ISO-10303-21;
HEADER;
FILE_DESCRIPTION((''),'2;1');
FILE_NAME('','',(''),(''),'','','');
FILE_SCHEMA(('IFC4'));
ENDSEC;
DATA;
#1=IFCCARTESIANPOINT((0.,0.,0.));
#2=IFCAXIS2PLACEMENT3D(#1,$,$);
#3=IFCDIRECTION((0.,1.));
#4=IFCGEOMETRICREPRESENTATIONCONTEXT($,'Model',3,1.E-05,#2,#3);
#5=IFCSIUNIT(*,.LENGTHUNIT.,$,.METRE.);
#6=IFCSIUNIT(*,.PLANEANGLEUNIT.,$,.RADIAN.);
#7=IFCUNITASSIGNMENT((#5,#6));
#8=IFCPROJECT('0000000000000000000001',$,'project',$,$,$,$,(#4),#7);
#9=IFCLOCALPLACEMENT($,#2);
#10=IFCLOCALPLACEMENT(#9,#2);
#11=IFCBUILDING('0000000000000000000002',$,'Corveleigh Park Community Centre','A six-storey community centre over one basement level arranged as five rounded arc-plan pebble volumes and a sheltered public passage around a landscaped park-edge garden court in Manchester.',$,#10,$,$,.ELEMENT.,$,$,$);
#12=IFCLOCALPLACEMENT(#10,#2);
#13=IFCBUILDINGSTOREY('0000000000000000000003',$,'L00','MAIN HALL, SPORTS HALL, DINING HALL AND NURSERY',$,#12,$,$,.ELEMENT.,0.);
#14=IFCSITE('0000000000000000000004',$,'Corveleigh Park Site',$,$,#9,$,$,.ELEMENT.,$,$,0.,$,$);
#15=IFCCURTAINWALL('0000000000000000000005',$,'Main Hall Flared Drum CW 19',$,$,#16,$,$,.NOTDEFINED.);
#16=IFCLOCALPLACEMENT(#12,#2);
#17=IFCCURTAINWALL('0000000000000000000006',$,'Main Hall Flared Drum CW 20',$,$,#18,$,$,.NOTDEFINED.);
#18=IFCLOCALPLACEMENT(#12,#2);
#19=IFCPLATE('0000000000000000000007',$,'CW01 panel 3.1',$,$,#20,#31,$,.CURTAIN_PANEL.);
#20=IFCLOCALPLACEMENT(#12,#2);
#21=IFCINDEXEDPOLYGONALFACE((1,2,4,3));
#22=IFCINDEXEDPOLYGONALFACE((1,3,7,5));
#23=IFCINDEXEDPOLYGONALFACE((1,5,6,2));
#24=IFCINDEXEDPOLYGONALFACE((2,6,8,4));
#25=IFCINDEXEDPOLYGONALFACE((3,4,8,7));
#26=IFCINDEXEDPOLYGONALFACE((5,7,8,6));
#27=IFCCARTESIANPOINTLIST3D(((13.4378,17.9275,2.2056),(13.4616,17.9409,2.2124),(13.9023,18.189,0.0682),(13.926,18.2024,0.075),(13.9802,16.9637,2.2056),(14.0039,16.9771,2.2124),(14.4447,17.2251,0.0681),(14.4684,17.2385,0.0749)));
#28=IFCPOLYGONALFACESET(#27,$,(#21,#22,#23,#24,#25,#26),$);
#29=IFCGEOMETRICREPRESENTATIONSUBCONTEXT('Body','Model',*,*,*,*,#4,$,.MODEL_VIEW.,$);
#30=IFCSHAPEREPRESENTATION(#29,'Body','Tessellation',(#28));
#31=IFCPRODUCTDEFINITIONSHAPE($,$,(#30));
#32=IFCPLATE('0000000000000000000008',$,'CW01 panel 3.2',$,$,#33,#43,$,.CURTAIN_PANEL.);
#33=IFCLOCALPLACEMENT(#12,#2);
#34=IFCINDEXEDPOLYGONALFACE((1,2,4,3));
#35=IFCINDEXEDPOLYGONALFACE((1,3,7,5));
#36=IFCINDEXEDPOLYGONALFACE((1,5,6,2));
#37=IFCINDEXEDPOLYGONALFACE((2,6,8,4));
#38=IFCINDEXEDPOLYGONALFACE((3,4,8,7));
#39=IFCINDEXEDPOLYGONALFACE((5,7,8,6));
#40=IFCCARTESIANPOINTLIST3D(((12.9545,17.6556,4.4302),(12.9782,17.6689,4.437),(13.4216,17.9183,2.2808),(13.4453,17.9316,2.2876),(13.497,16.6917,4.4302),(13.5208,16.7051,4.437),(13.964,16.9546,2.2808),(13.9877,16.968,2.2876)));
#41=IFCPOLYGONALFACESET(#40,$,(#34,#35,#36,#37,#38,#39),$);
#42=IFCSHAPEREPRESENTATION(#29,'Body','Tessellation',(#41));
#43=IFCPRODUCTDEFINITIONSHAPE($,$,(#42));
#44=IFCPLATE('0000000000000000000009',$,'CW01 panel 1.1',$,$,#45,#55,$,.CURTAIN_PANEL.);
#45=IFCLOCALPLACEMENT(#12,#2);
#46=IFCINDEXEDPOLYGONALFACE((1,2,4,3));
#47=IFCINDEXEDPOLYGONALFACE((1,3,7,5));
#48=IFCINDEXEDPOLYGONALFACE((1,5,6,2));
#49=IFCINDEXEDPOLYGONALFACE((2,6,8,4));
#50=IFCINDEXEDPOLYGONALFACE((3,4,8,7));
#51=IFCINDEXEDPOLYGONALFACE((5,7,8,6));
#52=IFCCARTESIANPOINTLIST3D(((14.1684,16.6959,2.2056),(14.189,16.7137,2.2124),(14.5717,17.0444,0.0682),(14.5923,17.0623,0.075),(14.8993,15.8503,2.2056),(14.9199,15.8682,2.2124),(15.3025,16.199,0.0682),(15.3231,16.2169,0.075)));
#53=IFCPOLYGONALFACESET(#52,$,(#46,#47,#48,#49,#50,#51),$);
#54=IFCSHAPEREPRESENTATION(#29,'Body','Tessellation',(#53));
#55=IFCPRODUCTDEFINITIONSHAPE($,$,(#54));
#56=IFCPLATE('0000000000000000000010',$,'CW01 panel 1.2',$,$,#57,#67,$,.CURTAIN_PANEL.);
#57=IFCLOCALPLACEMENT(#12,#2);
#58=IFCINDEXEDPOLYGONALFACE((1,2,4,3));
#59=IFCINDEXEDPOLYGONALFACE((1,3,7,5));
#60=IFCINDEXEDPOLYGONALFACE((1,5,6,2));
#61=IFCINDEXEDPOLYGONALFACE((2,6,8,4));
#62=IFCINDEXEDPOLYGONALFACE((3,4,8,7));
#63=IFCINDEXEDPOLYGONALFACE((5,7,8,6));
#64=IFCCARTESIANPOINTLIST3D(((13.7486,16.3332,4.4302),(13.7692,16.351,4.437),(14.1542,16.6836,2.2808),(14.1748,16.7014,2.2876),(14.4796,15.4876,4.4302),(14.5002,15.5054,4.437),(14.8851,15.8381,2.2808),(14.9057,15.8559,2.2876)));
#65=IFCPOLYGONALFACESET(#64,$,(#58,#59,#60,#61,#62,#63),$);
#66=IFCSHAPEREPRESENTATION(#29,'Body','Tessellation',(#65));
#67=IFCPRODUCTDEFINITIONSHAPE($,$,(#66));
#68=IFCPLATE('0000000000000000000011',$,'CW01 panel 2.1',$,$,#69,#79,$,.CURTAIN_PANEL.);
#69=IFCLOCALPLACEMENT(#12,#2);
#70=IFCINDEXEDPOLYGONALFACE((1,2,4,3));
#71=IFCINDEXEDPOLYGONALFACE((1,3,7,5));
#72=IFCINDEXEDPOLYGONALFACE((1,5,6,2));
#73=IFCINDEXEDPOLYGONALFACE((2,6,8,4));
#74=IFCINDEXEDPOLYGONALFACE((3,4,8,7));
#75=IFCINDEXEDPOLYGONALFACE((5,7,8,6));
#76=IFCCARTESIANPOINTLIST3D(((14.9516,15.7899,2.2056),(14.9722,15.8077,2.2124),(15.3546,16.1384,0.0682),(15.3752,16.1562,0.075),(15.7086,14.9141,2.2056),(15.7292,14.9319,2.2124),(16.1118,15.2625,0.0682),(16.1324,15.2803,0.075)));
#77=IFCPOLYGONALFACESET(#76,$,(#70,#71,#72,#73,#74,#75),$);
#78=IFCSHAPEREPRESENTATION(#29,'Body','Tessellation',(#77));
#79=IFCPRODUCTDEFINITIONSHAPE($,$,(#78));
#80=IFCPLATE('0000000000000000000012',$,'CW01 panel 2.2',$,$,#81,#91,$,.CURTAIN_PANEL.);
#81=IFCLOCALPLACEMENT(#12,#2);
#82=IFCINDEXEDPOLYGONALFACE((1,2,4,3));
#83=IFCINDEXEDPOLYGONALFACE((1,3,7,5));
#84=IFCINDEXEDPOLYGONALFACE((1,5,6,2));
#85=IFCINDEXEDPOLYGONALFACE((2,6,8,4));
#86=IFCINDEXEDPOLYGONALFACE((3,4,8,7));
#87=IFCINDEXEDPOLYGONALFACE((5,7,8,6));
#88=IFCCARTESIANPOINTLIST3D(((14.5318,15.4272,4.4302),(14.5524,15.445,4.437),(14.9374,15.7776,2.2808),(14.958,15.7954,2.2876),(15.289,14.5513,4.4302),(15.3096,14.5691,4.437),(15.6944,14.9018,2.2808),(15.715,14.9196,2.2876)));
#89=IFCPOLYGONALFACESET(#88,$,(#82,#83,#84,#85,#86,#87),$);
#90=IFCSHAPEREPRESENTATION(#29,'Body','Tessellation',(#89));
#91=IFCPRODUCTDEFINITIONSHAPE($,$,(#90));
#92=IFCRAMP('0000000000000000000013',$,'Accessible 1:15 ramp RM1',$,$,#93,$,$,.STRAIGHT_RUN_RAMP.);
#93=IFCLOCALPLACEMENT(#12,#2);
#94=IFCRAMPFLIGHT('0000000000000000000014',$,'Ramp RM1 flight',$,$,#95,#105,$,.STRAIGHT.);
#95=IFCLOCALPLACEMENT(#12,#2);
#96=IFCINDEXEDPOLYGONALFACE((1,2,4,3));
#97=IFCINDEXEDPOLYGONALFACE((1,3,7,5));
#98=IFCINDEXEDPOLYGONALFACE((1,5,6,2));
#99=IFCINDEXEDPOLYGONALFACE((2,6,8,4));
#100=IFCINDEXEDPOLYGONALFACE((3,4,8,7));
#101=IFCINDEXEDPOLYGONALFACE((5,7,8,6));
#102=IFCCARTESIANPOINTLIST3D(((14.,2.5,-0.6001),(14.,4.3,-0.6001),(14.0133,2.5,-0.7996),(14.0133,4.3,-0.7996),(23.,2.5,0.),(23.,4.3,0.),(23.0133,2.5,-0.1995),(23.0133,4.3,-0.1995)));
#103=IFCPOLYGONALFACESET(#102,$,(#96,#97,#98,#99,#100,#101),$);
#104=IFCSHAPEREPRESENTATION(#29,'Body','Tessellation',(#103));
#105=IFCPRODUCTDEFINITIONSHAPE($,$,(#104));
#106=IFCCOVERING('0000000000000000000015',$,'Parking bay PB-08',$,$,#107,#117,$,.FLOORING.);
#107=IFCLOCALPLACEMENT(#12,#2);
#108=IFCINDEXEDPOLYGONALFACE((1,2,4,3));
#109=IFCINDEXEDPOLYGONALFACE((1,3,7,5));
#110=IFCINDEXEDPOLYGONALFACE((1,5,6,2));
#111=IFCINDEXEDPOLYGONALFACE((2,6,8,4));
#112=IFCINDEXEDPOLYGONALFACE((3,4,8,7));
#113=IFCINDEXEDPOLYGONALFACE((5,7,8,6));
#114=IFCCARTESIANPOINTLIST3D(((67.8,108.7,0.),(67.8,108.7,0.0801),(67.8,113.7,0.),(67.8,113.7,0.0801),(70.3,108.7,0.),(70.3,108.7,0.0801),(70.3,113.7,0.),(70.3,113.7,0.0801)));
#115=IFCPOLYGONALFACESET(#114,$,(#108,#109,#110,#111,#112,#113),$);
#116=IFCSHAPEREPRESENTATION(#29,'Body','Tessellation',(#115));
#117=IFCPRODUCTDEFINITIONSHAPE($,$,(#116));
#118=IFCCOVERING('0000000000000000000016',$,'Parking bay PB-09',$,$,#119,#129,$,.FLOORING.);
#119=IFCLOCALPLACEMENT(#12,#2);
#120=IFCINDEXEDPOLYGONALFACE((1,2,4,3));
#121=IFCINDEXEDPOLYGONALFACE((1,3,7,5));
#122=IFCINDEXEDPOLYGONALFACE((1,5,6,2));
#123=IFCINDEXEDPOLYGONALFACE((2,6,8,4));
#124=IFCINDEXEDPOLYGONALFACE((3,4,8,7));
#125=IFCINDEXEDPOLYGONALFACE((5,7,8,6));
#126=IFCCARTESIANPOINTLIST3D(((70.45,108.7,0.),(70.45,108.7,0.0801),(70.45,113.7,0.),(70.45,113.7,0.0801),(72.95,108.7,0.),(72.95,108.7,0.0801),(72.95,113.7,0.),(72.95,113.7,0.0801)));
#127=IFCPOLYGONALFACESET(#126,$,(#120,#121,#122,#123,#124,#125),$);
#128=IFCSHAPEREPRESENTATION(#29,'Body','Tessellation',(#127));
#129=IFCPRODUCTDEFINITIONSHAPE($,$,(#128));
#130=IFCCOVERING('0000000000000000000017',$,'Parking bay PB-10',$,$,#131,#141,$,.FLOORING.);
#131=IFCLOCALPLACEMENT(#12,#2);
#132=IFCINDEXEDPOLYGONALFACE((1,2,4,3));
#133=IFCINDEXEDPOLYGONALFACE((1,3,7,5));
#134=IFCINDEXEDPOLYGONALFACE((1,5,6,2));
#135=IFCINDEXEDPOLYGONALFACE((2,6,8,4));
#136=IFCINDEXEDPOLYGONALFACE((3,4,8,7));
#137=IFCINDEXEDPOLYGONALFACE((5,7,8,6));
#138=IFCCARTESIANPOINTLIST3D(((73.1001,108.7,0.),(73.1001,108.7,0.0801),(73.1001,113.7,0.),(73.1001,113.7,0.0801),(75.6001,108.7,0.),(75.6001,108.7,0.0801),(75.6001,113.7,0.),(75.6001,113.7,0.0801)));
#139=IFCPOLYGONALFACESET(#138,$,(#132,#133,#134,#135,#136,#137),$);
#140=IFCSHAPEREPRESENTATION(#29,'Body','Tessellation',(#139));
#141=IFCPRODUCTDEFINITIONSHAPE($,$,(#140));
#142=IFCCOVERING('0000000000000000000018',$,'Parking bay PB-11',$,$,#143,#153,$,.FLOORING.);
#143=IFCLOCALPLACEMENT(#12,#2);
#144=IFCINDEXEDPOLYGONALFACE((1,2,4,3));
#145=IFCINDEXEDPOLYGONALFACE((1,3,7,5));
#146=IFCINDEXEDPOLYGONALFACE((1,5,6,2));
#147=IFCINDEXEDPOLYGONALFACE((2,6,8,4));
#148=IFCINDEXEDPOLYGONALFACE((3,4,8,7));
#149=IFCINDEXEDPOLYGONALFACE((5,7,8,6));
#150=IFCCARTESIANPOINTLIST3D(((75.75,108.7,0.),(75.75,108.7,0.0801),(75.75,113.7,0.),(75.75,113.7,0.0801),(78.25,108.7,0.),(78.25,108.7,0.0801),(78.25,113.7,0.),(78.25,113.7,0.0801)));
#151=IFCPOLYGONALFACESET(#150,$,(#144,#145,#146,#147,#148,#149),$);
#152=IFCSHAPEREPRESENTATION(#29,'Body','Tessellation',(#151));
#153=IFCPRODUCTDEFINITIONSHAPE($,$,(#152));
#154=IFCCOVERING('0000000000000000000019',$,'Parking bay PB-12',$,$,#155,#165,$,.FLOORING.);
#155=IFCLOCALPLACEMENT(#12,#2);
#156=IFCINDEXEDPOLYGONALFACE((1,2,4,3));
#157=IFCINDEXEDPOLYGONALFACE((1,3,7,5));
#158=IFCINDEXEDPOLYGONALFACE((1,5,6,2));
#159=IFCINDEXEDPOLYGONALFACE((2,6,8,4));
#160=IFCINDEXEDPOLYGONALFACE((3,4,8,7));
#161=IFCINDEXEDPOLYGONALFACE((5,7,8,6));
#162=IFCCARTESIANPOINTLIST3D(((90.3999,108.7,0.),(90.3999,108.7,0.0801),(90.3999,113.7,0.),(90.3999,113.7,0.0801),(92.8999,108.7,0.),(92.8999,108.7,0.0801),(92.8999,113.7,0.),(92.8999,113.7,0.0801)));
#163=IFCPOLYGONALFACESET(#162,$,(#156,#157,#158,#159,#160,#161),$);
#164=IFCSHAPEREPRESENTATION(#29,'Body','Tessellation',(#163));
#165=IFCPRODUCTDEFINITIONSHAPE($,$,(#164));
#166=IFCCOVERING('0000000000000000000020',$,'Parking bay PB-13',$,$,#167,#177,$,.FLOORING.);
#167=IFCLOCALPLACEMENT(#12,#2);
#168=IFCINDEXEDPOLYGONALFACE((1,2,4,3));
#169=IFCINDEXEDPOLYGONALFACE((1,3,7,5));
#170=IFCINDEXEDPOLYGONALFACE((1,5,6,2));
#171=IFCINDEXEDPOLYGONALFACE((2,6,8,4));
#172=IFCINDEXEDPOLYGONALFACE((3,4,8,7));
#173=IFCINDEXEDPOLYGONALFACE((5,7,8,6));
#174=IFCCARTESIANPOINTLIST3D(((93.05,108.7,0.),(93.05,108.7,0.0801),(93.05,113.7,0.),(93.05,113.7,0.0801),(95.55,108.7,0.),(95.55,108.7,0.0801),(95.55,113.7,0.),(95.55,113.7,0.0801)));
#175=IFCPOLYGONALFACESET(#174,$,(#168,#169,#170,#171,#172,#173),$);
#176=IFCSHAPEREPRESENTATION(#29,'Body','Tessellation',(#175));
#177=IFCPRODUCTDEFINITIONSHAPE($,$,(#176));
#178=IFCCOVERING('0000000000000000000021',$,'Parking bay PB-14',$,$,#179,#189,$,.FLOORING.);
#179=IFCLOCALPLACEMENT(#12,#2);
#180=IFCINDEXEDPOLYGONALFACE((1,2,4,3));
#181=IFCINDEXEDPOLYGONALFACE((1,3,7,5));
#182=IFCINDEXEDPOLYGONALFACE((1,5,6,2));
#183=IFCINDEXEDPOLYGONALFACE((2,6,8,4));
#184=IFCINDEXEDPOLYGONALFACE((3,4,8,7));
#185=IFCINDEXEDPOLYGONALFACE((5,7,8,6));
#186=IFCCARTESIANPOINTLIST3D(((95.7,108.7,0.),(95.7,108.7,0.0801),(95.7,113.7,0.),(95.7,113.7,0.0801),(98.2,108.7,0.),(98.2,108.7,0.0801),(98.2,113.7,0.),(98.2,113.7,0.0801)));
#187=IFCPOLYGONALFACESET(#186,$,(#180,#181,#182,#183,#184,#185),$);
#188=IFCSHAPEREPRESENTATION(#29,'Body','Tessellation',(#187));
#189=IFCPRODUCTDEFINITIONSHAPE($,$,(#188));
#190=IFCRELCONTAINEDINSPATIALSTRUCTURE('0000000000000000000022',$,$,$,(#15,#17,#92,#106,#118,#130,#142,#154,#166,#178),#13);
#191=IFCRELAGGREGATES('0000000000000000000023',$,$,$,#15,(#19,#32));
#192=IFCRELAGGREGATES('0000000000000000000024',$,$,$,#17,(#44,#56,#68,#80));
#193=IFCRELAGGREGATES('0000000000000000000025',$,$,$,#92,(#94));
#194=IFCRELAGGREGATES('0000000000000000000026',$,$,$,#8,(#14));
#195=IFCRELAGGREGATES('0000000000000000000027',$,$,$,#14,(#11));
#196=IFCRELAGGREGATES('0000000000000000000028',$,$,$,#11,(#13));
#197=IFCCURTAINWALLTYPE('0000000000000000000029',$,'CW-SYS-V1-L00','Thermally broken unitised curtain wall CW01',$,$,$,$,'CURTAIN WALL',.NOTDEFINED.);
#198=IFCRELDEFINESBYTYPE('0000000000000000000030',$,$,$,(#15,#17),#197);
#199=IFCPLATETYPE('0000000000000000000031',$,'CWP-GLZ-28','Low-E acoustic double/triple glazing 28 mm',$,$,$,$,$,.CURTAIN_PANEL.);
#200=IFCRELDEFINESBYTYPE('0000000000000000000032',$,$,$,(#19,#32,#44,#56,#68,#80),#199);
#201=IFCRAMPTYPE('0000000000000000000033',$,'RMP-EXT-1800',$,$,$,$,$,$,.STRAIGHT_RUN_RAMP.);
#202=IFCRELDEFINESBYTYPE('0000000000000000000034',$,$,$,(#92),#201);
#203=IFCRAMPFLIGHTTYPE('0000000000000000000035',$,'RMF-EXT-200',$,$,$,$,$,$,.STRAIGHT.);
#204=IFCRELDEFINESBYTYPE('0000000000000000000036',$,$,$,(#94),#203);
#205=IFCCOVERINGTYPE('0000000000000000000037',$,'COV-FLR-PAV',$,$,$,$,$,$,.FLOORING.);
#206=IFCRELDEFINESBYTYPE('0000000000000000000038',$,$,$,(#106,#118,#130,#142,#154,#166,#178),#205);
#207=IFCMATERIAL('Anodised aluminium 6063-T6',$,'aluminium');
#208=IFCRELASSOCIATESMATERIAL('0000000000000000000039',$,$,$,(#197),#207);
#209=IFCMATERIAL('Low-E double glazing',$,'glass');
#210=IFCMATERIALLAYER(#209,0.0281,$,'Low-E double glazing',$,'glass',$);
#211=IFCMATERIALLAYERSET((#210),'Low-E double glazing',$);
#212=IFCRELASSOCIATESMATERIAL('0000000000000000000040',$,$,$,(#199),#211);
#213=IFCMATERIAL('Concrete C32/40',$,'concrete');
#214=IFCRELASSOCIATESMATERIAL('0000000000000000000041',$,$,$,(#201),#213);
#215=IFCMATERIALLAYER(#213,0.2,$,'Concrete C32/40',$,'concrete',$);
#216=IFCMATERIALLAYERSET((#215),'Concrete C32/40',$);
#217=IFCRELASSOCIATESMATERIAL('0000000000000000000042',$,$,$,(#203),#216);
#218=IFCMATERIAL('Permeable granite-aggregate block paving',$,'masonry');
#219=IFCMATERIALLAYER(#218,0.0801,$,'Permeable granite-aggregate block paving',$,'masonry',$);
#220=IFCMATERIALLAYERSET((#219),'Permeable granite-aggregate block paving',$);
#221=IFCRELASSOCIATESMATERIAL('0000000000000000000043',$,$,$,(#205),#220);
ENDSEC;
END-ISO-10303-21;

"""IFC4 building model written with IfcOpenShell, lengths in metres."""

from ifc_helpers import new_model, si_unit, direction, frame, origin, place, context, subcontext, project, spatial, polyline, outline, extrude, material, layer, layer_set, type_object, element, aggregate, save


model = new_model("IFC4")

# Units and contexts
model_context = context("Model", 3, precision=1e-05, world=origin(), true_north=direction((0.0, 1.0)))
body_context = subcontext(model_context, "Body", "Model", "MODEL_VIEW")
ifc_project = project(units=[si_unit("LENGTHUNIT", "METRE"), si_unit("PLANEANGLEUNIT", "RADIAN")], contexts=[model_context])

# Site, building, storey
site_placement = place(None, origin())
site = spatial("IfcSite", under=ifc_project, at=site_placement, Name="Corveleigh Park Site", CompositionType="ELEMENT", RefElevation=0.0)
building_placement = place(site_placement, origin())
building = spatial("IfcBuilding", under=site, at=building_placement, Name="Corveleigh Park Community Centre", Description="A six-storey community centre over one basement level arranged as five rounded arc-plan pebble volumes and a sheltered public passage around a landscaped park-edge garden court in Manchester.", CompositionType="ELEMENT")
storey_placement = place(building_placement, origin())
storey = spatial("IfcBuildingStorey", under=building, at=storey_placement, Name="L00", Description="MAIN HALL, SPORTS HALL, DINING HALL AND NURSERY", CompositionType="ELEMENT", Elevation=0.0)

# Curtain walls
ifc_material_1 = material(Name="Anodised aluminium 6063-T6", Category="aluminium")
curtain_wall_type = type_object("IfcCurtainWallType", Name="CW-SYS-V1-L00", Description="Thermally broken unitised curtain wall CW01", ElementType="CURTAIN WALL", PredefinedType="NOTDEFINED", material=ifc_material_1)
curtain_wall_1_placement = place(storey_placement, origin())
curtain_wall_1 = element("IfcCurtainWall", 1, at=curtain_wall_1_placement, inside=storey, type_object=curtain_wall_type, Name="Main Hall Flared Drum CW 19", PredefinedType="NOTDEFINED")
curtain_wall_2_placement = place(storey_placement, origin())
curtain_wall_2 = element("IfcCurtainWall", 2, at=curtain_wall_2_placement, inside=storey, type_object=curtain_wall_type, Name="Main Hall Flared Drum CW 20", PredefinedType="NOTDEFINED")

# Plates
ifc_material_2 = material(Name="Low-E double glazing", Category="glass")
ifc_layer_1 = layer(ifc_material_2, 0.0281, Name="Low-E double glazing", Category="glass")
ifc_layer_set_1 = layer_set([ifc_layer_1], Name="Low-E double glazing")
plate_type = type_object("IfcPlateType", Name="CWP-GLZ-28", Description="Low-E acoustic double/triple glazing 28 mm", PredefinedType="CURTAIN_PANEL", material=ifc_layer_set_1)
plate_1_placement = place(storey_placement, frame((13.926, 18.2024, 0.075), z_axis=(0.845609, 0.475816, 0.241961), x_axis=(0.490392, -0.871502, -0.000023)))
plate_1 = element("IfcPlate", 3, at=plate_1_placement, type_object=plate_type, Name="CW01 panel 3.1", PredefinedType="CURTAIN_PANEL", context=body_context, shape_type="SweptSolid", body=[
    extrude(outline(polyline([(0.0, 0.0), (1.106, 0.0), (1.106, -2.2029), (0.0001, -2.2029), (0.0, 0.0)])), origin(), (0.0, 0.0, -1.0), 0.0281),
])
plate_2_placement = place(storey_placement, frame((13.4453, 17.9316, 2.2876), z_axis=(0.845546, 0.475947, 0.241923), x_axis=(0.490521, -0.87143, -0.000013)))
plate_2 = element("IfcPlate", 4, at=plate_2_placement, type_object=plate_type, Name="CW01 panel 3.2", PredefinedType="CURTAIN_PANEL", context=body_context, shape_type="SweptSolid", body=[
    extrude(outline(polyline([(0.0, 0.0), (1.1058, 0.0), (1.1058, -2.2152), (-0.0002, -2.2152), (0.0, 0.0)])), origin(), (0.0, 0.0, -1.0), 0.0281),
])
aggregate(curtain_wall_1, [plate_1, plate_2])
plate_3_placement = place(storey_placement, frame((14.5923, 17.0623, 0.075), z_axis=(0.734048, 0.634529, 0.241963), x_axis=(0.653957, -0.756531, 0.000019)))
plate_3 = element("IfcPlate", 5, at=plate_3_placement, type_object=plate_type, Name="CW01 panel 1.1", PredefinedType="CURTAIN_PANEL", context=body_context, shape_type="SweptSolid", body=[
    extrude(outline(polyline([(0.0, 0.0), (1.1175, 0.0), (1.1177, -2.2029), (0.0, -2.2029), (0.0, 0.0)])), origin(), (0.0, 0.0, -1.0), 0.0281),
])
plate_4_placement = place(storey_placement, frame((14.1748, 16.7014, 2.2876), z_axis=(0.734044, 0.634539, 0.24195), x_axis=(0.653973, -0.756518, -0.000017)))
plate_4 = element("IfcPlate", 6, at=plate_4_placement, type_object=plate_type, Name="CW01 panel 1.2", PredefinedType="CURTAIN_PANEL", context=body_context, shape_type="SweptSolid", body=[
    extrude(outline(polyline([(0.0, 0.0), (1.1176, 0.0), (1.1176, -2.2153), (-0.0002, -2.2152), (0.0, 0.0)])), origin(), (0.0, 0.0, -1.0), 0.0281),
])
plate_5_placement = place(storey_placement, frame((15.3752, 16.1562, 0.075), z_axis=(0.734074, 0.634527, 0.24189), x_axis=(0.653943, -0.756543, 0.000016)))
plate_5 = element("IfcPlate", 7, at=plate_5_placement, type_object=plate_type, Name="CW01 panel 2.1", PredefinedType="CURTAIN_PANEL", context=body_context, shape_type="SweptSolid", body=[
    extrude(outline(polyline([(0.0, 0.0), (1.1578, 0.0), (1.1578, -2.2028), (0.0002, -2.2029), (0.0, 0.0)])), origin(), (0.0, 0.0, -1.0), 0.0281),
])
plate_6_placement = place(storey_placement, frame((14.958, 15.7954, 2.2876), z_axis=(0.734063, 0.634517, 0.24195), x_axis=(0.65395, -0.756538, -0.000016)))
plate_6 = element("IfcPlate", 8, at=plate_6_placement, type_object=plate_type, Name="CW01 panel 2.2", PredefinedType="CURTAIN_PANEL", context=body_context, shape_type="SweptSolid", body=[
    extrude(outline(polyline([(0.0, 0.0), (1.1576, 0.0), (1.1576, -2.2153), (-0.0002, -2.2152), (0.0, 0.0)])), origin(), (0.0, 0.0, -1.0), 0.0281),
])
aggregate(curtain_wall_2, [plate_3, plate_4, plate_5, plate_6])

# Ramp, ramp flight
ifc_material_3 = material(Name="Concrete C32/40", Category="concrete")
ramp_type = type_object("IfcRampType", Name="RMP-EXT-1800", PredefinedType="STRAIGHT_RUN_RAMP", material=ifc_material_3)
ramp_placement = place(storey_placement, origin())
ramp = element("IfcRamp", 9, at=ramp_placement, inside=storey, type_object=ramp_type, Name="Accessible 1:15 ramp RM1", PredefinedType="STRAIGHT_RUN_RAMP")
ifc_layer_2 = layer(ifc_material_3, 0.2, Name="Concrete C32/40", Category="concrete")
ifc_layer_set_2 = layer_set([ifc_layer_2], Name="Concrete C32/40")
ramp_flight_type = type_object("IfcRampFlightType", Name="RMF-EXT-200", PredefinedType="STRAIGHT", material=ifc_layer_set_2)
ramp_flight_placement = place(storey_placement, frame((14.0, 2.5, -0.6001), z_axis=(-0.06653, 0.0, 0.997784), x_axis=(0.997784, 0.0, 0.06653)))
ramp_flight = element("IfcRampFlight", 10, at=ramp_flight_placement, type_object=ramp_flight_type, Name="Ramp RM1 flight", PredefinedType="STRAIGHT", context=body_context, shape_type="SweptSolid", body=[
    extrude(outline(polyline([(0.0, 0.0), (9.02, 0.0), (9.02, 1.8), (0.0, 1.8), (0.0, 0.0)])), origin(), (0.0, 0.0, -1.0), 0.2),
])
aggregate(ramp, [ramp_flight])

# Coverings
ifc_material_4 = material(Name="Permeable granite-aggregate block paving", Category="masonry")
ifc_layer_3 = layer(ifc_material_4, 0.0801, Name="Permeable granite-aggregate block paving", Category="masonry")
ifc_layer_set_3 = layer_set([ifc_layer_3], Name="Permeable granite-aggregate block paving")
covering_type = type_object("IfcCoveringType", Name="COV-FLR-PAV", PredefinedType="FLOORING", material=ifc_layer_set_3)
covering_1_placement = place(storey_placement, origin())
element("IfcCovering", 11, at=covering_1_placement, inside=storey, type_object=covering_type, Name="Parking bay PB-08", PredefinedType="FLOORING", context=body_context, shape_type="SweptSolid", body=[
    extrude(outline(polyline([(67.8, 108.7), (70.3, 108.7), (70.3, 113.7), (67.8, 113.7), (67.8, 108.7)])), origin(), (0.0, 0.0, 1.0), 0.0801),
])
covering_2_placement = place(storey_placement, origin())
element("IfcCovering", 12, at=covering_2_placement, inside=storey, type_object=covering_type, Name="Parking bay PB-09", PredefinedType="FLOORING", context=body_context, shape_type="SweptSolid", body=[
    extrude(outline(polyline([(70.45, 108.7), (72.95, 108.7), (72.95, 113.7), (70.45, 113.7), (70.45, 108.7)])), origin(), (0.0, 0.0, 1.0), 0.0801),
])
covering_3_placement = place(storey_placement, origin())
element("IfcCovering", 13, at=covering_3_placement, inside=storey, type_object=covering_type, Name="Parking bay PB-10", PredefinedType="FLOORING", context=body_context, shape_type="SweptSolid", body=[
    extrude(outline(polyline([(73.1001, 108.7), (75.6001, 108.7), (75.6001, 113.7), (73.1001, 113.7), (73.1001, 108.7)])), origin(), (0.0, 0.0, 1.0), 0.0801),
])
covering_4_placement = place(storey_placement, origin())
element("IfcCovering", 14, at=covering_4_placement, inside=storey, type_object=covering_type, Name="Parking bay PB-11", PredefinedType="FLOORING", context=body_context, shape_type="SweptSolid", body=[
    extrude(outline(polyline([(75.75, 108.7), (78.25, 108.7), (78.25, 113.7), (75.75, 113.7), (75.75, 108.7)])), origin(), (0.0, 0.0, 1.0), 0.0801),
])
covering_5_placement = place(storey_placement, origin())
element("IfcCovering", 15, at=covering_5_placement, inside=storey, type_object=covering_type, Name="Parking bay PB-12", PredefinedType="FLOORING", context=body_context, shape_type="SweptSolid", body=[
    extrude(outline(polyline([(90.3999, 108.7), (92.8999, 108.7), (92.8999, 113.7), (90.3999, 113.7), (90.3999, 108.7)])), origin(), (0.0, 0.0, 1.0), 0.0801),
])
covering_6_placement = place(storey_placement, origin())
element("IfcCovering", 16, at=covering_6_placement, inside=storey, type_object=covering_type, Name="Parking bay PB-13", PredefinedType="FLOORING", context=body_context, shape_type="SweptSolid", body=[
    extrude(outline(polyline([(93.05, 108.7), (95.55, 108.7), (95.55, 113.7), (93.05, 113.7), (93.05, 108.7)])), origin(), (0.0, 0.0, 1.0), 0.0801),
])
covering_7_placement = place(storey_placement, origin())
element("IfcCovering", 17, at=covering_7_placement, inside=storey, type_object=covering_type, Name="Parking bay PB-14", PredefinedType="FLOORING", context=body_context, shape_type="SweptSolid", body=[
    extrude(outline(polyline([(95.7, 108.7), (98.2, 108.7), (98.2, 113.7), (95.7, 113.7), (95.7, 108.7)])), origin(), (0.0, 0.0, 1.0), 0.0801),
])

save(model, "model.ifc")
